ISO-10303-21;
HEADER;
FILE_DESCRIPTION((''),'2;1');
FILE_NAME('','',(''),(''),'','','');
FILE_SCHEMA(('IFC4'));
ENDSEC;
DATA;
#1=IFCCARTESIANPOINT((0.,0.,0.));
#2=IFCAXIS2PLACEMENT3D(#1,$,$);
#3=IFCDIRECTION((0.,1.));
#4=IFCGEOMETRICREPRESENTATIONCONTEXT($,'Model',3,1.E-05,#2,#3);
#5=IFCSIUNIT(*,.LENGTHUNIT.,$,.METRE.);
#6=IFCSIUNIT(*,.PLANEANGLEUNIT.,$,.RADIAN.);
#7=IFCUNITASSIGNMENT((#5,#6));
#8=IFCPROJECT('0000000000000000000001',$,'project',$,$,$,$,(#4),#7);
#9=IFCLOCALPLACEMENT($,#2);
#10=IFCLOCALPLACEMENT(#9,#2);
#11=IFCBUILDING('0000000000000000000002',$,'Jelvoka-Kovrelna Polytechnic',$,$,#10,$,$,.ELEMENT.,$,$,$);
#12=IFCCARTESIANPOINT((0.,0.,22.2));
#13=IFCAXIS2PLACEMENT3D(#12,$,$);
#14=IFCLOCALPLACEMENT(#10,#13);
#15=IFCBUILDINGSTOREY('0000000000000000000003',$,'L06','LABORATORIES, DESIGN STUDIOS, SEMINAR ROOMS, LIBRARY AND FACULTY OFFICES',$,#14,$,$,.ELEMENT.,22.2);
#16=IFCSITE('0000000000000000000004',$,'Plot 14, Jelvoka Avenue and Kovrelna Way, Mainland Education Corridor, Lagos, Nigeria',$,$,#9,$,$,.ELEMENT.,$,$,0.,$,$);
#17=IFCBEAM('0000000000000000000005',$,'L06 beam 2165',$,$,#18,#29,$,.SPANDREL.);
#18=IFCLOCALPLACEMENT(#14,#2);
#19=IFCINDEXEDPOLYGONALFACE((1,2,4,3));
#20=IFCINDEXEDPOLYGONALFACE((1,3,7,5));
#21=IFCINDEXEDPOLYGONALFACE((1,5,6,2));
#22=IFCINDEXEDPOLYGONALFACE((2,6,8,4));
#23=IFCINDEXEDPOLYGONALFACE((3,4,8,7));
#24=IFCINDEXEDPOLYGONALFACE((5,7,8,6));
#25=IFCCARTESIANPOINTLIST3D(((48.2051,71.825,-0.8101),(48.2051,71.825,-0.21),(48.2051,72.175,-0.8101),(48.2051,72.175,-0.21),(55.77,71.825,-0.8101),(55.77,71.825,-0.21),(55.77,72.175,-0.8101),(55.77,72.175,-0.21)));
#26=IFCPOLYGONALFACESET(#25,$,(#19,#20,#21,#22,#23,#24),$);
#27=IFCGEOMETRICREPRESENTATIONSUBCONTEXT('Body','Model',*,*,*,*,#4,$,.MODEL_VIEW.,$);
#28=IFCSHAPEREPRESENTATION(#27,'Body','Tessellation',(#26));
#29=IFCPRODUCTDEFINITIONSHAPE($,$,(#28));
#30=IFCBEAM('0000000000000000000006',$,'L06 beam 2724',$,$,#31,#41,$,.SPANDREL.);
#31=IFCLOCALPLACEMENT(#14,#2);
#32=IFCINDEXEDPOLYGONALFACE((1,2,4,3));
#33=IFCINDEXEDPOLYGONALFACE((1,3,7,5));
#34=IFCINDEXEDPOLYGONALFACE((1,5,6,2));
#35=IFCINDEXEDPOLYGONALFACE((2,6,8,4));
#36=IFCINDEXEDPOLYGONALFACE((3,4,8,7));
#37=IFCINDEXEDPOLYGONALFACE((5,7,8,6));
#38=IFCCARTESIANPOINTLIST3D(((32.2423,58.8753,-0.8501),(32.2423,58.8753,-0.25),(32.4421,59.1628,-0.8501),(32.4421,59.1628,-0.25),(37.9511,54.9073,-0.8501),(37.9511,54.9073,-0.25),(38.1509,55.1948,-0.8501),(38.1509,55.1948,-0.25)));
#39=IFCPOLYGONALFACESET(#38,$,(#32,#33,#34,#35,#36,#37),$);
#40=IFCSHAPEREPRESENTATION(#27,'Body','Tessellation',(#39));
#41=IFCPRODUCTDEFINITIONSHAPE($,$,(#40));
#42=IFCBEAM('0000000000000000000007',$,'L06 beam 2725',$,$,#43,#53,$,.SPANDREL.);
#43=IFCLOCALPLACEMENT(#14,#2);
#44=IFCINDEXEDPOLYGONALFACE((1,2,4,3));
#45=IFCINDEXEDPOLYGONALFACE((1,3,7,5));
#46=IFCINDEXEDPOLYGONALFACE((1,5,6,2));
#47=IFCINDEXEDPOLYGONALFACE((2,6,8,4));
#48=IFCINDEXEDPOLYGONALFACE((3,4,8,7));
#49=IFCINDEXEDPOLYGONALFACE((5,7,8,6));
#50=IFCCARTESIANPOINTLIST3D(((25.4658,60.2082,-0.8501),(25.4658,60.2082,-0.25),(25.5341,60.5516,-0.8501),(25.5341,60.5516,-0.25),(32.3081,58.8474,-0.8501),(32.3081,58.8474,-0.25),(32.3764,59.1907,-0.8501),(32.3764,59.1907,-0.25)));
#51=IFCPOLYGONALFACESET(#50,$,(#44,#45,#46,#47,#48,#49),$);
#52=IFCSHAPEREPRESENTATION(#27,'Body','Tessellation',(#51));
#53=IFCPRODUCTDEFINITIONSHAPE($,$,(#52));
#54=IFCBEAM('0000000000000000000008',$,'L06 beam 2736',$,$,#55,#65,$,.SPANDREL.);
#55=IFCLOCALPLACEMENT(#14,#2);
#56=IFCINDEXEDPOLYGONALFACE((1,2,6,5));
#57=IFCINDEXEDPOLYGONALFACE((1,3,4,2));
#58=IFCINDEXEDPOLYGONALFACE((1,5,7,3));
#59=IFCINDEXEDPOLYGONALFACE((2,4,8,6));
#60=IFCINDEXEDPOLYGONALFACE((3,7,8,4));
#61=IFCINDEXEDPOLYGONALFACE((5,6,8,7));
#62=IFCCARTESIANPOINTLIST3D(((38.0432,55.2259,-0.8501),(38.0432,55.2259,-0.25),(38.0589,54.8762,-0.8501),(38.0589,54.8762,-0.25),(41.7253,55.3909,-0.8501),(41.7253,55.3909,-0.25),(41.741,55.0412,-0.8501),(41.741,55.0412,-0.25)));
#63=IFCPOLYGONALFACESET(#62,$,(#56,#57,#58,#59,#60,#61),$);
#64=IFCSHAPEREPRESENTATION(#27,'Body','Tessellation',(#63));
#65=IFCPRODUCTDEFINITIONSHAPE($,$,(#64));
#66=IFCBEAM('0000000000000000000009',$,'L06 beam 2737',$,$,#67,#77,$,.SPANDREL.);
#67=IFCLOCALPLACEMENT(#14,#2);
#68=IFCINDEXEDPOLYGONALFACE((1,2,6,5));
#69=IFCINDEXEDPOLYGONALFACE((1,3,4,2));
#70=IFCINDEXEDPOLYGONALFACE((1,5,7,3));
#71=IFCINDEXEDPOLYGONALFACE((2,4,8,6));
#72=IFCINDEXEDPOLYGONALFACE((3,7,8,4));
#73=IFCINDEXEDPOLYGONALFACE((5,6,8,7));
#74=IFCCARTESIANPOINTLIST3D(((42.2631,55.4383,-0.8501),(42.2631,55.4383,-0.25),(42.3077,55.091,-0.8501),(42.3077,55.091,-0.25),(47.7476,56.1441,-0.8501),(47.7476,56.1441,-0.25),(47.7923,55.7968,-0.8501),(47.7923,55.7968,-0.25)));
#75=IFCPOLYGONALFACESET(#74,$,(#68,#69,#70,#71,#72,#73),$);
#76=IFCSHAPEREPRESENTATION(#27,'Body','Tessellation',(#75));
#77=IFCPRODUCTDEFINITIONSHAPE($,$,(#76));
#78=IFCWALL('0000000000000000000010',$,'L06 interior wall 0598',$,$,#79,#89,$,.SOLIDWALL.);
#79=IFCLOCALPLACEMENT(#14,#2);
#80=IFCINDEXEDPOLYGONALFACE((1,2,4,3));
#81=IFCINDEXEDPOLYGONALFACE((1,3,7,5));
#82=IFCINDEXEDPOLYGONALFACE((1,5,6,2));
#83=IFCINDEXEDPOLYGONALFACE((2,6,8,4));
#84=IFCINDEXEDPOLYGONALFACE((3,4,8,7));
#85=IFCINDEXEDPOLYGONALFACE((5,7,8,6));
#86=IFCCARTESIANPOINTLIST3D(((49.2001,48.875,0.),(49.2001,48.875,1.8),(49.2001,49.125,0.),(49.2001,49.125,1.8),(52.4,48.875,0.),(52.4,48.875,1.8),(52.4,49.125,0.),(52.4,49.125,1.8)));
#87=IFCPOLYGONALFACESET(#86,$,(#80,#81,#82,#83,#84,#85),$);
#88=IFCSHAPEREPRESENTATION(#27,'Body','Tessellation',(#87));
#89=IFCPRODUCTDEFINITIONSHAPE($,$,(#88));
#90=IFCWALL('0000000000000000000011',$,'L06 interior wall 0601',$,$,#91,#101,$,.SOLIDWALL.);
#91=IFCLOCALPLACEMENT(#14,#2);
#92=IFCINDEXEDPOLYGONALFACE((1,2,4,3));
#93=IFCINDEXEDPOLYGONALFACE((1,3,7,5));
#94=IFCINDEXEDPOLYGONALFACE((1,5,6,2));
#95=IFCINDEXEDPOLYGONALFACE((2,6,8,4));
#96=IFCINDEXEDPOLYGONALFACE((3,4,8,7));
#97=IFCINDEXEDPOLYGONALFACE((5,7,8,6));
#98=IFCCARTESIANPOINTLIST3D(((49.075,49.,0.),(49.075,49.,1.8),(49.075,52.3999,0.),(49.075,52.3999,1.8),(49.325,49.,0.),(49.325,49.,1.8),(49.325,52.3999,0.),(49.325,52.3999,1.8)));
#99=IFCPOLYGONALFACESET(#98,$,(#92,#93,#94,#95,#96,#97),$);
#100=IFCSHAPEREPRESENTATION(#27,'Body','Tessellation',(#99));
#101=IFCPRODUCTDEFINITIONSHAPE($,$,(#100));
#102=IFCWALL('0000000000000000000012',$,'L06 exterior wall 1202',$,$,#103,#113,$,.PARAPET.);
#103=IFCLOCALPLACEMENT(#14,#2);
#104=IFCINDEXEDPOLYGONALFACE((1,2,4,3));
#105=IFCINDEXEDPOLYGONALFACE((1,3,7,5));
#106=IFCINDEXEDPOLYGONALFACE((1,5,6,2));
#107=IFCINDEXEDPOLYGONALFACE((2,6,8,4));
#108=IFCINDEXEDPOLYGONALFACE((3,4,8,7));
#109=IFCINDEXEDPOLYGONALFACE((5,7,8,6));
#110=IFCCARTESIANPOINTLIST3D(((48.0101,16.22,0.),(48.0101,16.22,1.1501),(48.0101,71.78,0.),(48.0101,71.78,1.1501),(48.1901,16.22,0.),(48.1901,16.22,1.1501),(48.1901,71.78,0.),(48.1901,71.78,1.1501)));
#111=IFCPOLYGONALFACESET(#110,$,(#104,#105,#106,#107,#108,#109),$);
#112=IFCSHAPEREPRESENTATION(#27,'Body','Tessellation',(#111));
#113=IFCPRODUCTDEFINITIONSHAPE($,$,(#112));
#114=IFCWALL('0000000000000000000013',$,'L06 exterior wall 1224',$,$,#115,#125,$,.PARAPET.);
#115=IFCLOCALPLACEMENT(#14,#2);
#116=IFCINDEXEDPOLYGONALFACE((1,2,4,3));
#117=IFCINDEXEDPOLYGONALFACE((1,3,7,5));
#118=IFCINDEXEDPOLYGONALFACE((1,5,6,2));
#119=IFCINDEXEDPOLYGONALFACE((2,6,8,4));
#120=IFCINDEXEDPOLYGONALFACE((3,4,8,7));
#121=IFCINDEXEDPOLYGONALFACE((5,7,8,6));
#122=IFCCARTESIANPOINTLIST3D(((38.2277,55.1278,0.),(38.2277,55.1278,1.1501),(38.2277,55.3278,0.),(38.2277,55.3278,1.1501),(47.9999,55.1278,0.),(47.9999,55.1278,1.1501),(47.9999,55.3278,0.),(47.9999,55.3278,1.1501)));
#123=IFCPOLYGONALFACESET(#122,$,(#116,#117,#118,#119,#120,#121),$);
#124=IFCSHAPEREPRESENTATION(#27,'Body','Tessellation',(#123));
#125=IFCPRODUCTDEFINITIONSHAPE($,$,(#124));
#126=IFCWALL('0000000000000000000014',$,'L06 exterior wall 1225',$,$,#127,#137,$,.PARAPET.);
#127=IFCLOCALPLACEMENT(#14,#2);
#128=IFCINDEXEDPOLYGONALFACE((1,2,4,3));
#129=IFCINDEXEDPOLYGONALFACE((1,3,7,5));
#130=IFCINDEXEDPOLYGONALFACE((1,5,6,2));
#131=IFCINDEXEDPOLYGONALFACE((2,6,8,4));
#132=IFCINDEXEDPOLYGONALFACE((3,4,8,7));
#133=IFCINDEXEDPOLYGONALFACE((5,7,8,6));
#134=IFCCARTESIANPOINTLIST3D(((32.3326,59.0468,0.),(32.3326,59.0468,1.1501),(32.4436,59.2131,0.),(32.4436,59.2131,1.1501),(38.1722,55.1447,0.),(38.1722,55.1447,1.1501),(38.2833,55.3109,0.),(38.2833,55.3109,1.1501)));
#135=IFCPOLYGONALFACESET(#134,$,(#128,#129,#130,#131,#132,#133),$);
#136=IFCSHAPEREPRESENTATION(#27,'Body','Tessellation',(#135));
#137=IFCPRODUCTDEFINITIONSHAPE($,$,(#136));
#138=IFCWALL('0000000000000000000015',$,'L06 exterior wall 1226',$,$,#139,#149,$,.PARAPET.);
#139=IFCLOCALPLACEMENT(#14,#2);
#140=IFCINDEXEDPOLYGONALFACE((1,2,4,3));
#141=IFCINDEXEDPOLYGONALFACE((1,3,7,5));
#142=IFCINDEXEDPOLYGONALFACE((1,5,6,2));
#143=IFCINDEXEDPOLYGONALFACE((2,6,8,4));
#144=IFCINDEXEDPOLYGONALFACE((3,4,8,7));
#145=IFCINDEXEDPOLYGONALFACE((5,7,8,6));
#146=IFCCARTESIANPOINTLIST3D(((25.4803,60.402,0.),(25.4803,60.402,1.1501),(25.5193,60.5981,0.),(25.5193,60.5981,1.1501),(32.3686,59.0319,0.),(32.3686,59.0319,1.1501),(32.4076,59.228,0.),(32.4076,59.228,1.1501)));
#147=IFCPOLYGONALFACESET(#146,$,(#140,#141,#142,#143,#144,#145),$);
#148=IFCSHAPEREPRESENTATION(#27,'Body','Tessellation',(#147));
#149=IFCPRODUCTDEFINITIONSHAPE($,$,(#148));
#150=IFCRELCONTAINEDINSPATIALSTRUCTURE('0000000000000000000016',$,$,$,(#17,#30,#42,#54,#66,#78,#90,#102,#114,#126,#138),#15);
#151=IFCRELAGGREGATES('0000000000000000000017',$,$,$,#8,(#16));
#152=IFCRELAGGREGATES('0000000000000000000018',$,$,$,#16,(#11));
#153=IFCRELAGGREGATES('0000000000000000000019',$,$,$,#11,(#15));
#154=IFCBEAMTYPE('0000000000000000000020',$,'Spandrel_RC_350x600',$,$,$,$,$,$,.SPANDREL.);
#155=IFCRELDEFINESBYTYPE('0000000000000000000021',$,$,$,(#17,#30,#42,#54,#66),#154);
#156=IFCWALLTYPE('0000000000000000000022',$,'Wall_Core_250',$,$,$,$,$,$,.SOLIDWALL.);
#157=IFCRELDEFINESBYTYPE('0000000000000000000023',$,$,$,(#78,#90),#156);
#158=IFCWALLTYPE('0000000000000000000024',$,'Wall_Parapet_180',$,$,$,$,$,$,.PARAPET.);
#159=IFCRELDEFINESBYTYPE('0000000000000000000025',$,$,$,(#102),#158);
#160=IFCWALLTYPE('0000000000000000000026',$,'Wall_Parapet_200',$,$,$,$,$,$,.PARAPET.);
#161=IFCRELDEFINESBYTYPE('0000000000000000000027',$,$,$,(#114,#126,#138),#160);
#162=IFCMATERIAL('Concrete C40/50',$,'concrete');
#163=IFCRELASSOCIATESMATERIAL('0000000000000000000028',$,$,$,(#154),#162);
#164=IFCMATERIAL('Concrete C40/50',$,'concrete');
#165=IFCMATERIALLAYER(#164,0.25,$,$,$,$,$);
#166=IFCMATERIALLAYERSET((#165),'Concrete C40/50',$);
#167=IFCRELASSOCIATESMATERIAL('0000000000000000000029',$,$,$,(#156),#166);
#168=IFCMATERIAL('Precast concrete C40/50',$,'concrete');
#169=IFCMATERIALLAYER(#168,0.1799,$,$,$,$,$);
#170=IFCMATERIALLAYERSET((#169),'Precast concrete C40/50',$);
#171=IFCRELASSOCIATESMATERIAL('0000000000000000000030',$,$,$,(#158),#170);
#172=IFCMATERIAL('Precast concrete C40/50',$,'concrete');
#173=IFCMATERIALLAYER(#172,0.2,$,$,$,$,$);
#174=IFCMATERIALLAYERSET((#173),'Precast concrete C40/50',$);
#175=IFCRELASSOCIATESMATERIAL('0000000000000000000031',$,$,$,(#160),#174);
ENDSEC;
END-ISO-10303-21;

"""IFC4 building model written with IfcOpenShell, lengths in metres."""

from ifc_helpers import new_model, si_unit, direction, frame, frame_2d, origin, origin_2d, place, context, subcontext, project, spatial, rectangle, extrude, material, layer, layer_set, material_profile, profile_set, type_object, element, save


model = new_model("IFC4")

# Units and contexts
model_context = context("Model", 3, precision=1e-05, world=origin(), true_north=direction((0.0, 1.0)))
body_context = subcontext(model_context, "Body", "Model", "MODEL_VIEW")
ifc_project = project(units=[si_unit("LENGTHUNIT", "METRE"), si_unit("PLANEANGLEUNIT", "RADIAN")], contexts=[model_context])

# Site, building, storey
site_placement = place(None, origin())
site = spatial("IfcSite", under=ifc_project, at=site_placement, Name="Plot 14, Jelvoka Avenue and Kovrelna Way, Mainland Education Corridor, Lagos, Nigeria", CompositionType="ELEMENT", RefElevation=0.0)
building_placement = place(site_placement, origin())
building = spatial("IfcBuilding", under=site, at=building_placement, Name="Jelvoka-Kovrelna Polytechnic", CompositionType="ELEMENT")
storey_placement = place(building_placement, frame((0.0, 0.0, 22.2)))
storey = spatial("IfcBuildingStorey", under=building, at=storey_placement, Name="L06", Description="LABORATORIES, DESIGN STUDIOS, SEMINAR ROOMS, LIBRARY AND FACULTY OFFICES", CompositionType="ELEMENT", Elevation=22.2)

# Beams
ifc_material_1 = material(Name="Concrete C40/50", Category="concrete")
ifc_material_profile_1 = material_profile(ifc_material_1, rectangle(XDim=0.3501, YDim=0.6001, at=origin_2d()), Name="RC 350x600")
ifc_profile_set_1 = profile_set([ifc_material_profile_1], Name="Concrete C40/50")
beam_type_1 = type_object("IfcBeamType", Name="Spandrel_RC_350x600", PredefinedType="SPANDREL", material=ifc_profile_set_1)
beam_1_placement = place(storey_placement, frame((48.2051, 72.0, -0.51), z_axis=(1.0, 0.0, 0.0), x_axis=(0.0, 1.0, 0.0)))
element("IfcBeam", 1, at=beam_1_placement, inside=storey, type_object=beam_type_1, Name="L06 beam 2165", PredefinedType="SPANDREL", context=body_context, shape_type="SweptSolid", body=[
    extrude(rectangle(XDim=0.3501, YDim=0.6001, at=origin_2d()), origin(), (0.0, 0.0, 1.0), 7.5649),
])
beam_2_placement = place(storey_placement, frame((38.051, 55.051, -0.55), z_axis=(-0.821126, 0.570747, 0.0), x_axis=(-0.570747, -0.821126, 0.0)))
element("IfcBeam", 2, at=beam_2_placement, inside=storey, type_object=beam_type_1, Name="L06 beam 2724", PredefinedType="SPANDREL", context=body_context, shape_type="SweptSolid", body=[
    extrude(rectangle(XDim=0.3501, YDim=0.6001, at=origin_2d()), origin(), (0.0, 0.0, 1.0), 6.9524),
])
beam_3_placement = place(storey_placement, frame((32.3423, 59.019, -0.55), z_axis=(-0.98079, 0.195066, 0.0), x_axis=(-0.195066, -0.98079, 0.0)))
element("IfcBeam", 3, at=beam_3_placement, inside=storey, type_object=beam_type_1, Name="L06 beam 2725", PredefinedType="SPANDREL", context=body_context, shape_type="SweptSolid", body=[
    extrude(rectangle(XDim=0.3501, YDim=0.6001, at=origin_2d()), origin(), (0.0, 0.0, 1.0), 6.9763),
])
beam_4_placement = place(storey_placement, frame((38.051, 55.051, -0.55), z_axis=(0.998997, 0.044777, 0.0), x_axis=(-0.044777, 0.998997, 0.0)))
element("IfcBeam", 4, at=beam_4_placement, inside=storey, type_object=beam_type_1, Name="L06 beam 2736", PredefinedType="SPANDREL", context=body_context, shape_type="SweptSolid", body=[
    extrude(rectangle(XDim=0.3501, YDim=0.6001, at=origin_2d()), origin(), (0.0, 0.0, 1.0), 3.6858),
])
beam_5_placement = place(storey_placement, frame((42.2854, 55.2646, -0.55), z_axis=(0.991821, 0.127637, 0.0), x_axis=(-0.127637, 0.991821, 0.0)))
element("IfcBeam", 5, at=beam_5_placement, inside=storey, type_object=beam_type_1, Name="L06 beam 2737", PredefinedType="SPANDREL", context=body_context, shape_type="SweptSolid", body=[
    extrude(rectangle(XDim=0.3501, YDim=0.6001, at=origin_2d()), origin(), (0.0, 0.0, 1.0), 5.5298),
])

# Walls
ifc_material_2 = material(Name="Concrete C40/50", Category="concrete")
ifc_layer_1 = layer(ifc_material_2, 0.25)
ifc_layer_set_1 = layer_set([ifc_layer_1], Name="Concrete C40/50")
wall_type_1 = type_object("IfcWallType", Name="Wall_Core_250", PredefinedType="SOLIDWALL", material=ifc_layer_set_1)
wall_1_placement = place(storey_placement, frame((49.2, 49.0, 0.0), z_axis=(0.0, 0.0, 1.0), x_axis=(1.0, 0.0, 0.0)))
element("IfcWall", 6, at=wall_1_placement, inside=storey, type_object=wall_type_1, Name="L06 interior wall 0598", PredefinedType="SOLIDWALL", context=body_context, shape_type="SweptSolid", body=[
    extrude(rectangle(XDim=3.2, YDim=0.25, at=frame_2d((1.6001, 0.0))), origin(), (0.0, 0.0, 1.0), 1.8),
])
wall_2_placement = place(storey_placement, frame((49.2, 52.3999, 0.0), z_axis=(0.0, 0.0, 1.0), x_axis=(0.0, -1.0, 0.0)))
element("IfcWall", 7, at=wall_2_placement, inside=storey, type_object=wall_type_1, Name="L06 interior wall 0601", PredefinedType="SOLIDWALL", context=body_context, shape_type="SweptSolid", body=[
    extrude(rectangle(XDim=3.3999, YDim=0.25, at=frame_2d((1.7, 0.0))), origin(), (0.0, 0.0, 1.0), 1.8),
])
ifc_material_3 = material(Name="Precast concrete C40/50", Category="concrete")
ifc_layer_2 = layer(ifc_material_3, 0.1799)
ifc_layer_set_2 = layer_set([ifc_layer_2], Name="Precast concrete C40/50")
wall_type_2 = type_object("IfcWallType", Name="Wall_Parapet_180", PredefinedType="PARAPET", material=ifc_layer_set_2)
wall_3_placement = place(storey_placement, frame((48.1001, 71.78, 0.0), z_axis=(0.0, 0.0, 1.0), x_axis=(0.0, -1.0, 0.0)))
element("IfcWall", 8, at=wall_3_placement, inside=storey, type_object=wall_type_2, Name="L06 exterior wall 1202", PredefinedType="PARAPET", context=body_context, shape_type="SweptSolid", body=[
    extrude(rectangle(XDim=55.5601, YDim=0.1799, at=frame_2d((27.78, 0.0))), origin(), (0.0, 0.0, 1.0), 1.1501),
])
ifc_material_4 = material(Name="Precast concrete C40/50", Category="concrete")
ifc_layer_3 = layer(ifc_material_4, 0.2)
ifc_layer_set_3 = layer_set([ifc_layer_3], Name="Precast concrete C40/50")
wall_type_3 = type_object("IfcWallType", Name="Wall_Parapet_200", PredefinedType="PARAPET", material=ifc_layer_set_3)
wall_4_placement = place(storey_placement, frame((48.0, 55.2278, 0.0), z_axis=(0.0, 0.0, 1.0), x_axis=(-1.0, 0.0, 0.0)))
element("IfcWall", 9, at=wall_4_placement, inside=storey, type_object=wall_type_3, Name="L06 exterior wall 1224", PredefinedType="PARAPET", context=body_context, shape_type="SweptSolid", body=[
    extrude(rectangle(XDim=9.7722, YDim=0.2, at=frame_2d((4.8862, 0.0))), origin(), (0.0, 0.0, 1.0), 1.1501),
])
wall_5_placement = place(storey_placement, frame((38.2278, 55.2278, 0.0), z_axis=(0.0, 0.0, 1.0), x_axis=(-0.831456, 0.55559, 0.0)))
element("IfcWall", 10, at=wall_5_placement, inside=storey, type_object=wall_type_3, Name="L06 exterior wall 1225", PredefinedType="PARAPET", context=body_context, shape_type="SweptSolid", body=[
    extrude(rectangle(XDim=7.0234, YDim=0.2, at=frame_2d((3.5117, 0.0))), origin(), (0.0, 0.0, 1.0), 1.1501),
])
wall_6_placement = place(storey_placement, frame((32.3882, 59.1299, 0.0), z_axis=(0.0, 0.0, 1.0), x_axis=(-0.980786, 0.195087, 0.0)))
element("IfcWall", 11, at=wall_6_placement, inside=storey, type_object=wall_type_3, Name="L06 exterior wall 1226", PredefinedType="PARAPET", context=body_context, shape_type="SweptSolid", body=[
    extrude(rectangle(XDim=7.0232, YDim=0.2, at=frame_2d((3.5117, 0.0))), origin(), (0.0, 0.0, 1.0), 1.1501),
])

save(model, "model.ifc")
